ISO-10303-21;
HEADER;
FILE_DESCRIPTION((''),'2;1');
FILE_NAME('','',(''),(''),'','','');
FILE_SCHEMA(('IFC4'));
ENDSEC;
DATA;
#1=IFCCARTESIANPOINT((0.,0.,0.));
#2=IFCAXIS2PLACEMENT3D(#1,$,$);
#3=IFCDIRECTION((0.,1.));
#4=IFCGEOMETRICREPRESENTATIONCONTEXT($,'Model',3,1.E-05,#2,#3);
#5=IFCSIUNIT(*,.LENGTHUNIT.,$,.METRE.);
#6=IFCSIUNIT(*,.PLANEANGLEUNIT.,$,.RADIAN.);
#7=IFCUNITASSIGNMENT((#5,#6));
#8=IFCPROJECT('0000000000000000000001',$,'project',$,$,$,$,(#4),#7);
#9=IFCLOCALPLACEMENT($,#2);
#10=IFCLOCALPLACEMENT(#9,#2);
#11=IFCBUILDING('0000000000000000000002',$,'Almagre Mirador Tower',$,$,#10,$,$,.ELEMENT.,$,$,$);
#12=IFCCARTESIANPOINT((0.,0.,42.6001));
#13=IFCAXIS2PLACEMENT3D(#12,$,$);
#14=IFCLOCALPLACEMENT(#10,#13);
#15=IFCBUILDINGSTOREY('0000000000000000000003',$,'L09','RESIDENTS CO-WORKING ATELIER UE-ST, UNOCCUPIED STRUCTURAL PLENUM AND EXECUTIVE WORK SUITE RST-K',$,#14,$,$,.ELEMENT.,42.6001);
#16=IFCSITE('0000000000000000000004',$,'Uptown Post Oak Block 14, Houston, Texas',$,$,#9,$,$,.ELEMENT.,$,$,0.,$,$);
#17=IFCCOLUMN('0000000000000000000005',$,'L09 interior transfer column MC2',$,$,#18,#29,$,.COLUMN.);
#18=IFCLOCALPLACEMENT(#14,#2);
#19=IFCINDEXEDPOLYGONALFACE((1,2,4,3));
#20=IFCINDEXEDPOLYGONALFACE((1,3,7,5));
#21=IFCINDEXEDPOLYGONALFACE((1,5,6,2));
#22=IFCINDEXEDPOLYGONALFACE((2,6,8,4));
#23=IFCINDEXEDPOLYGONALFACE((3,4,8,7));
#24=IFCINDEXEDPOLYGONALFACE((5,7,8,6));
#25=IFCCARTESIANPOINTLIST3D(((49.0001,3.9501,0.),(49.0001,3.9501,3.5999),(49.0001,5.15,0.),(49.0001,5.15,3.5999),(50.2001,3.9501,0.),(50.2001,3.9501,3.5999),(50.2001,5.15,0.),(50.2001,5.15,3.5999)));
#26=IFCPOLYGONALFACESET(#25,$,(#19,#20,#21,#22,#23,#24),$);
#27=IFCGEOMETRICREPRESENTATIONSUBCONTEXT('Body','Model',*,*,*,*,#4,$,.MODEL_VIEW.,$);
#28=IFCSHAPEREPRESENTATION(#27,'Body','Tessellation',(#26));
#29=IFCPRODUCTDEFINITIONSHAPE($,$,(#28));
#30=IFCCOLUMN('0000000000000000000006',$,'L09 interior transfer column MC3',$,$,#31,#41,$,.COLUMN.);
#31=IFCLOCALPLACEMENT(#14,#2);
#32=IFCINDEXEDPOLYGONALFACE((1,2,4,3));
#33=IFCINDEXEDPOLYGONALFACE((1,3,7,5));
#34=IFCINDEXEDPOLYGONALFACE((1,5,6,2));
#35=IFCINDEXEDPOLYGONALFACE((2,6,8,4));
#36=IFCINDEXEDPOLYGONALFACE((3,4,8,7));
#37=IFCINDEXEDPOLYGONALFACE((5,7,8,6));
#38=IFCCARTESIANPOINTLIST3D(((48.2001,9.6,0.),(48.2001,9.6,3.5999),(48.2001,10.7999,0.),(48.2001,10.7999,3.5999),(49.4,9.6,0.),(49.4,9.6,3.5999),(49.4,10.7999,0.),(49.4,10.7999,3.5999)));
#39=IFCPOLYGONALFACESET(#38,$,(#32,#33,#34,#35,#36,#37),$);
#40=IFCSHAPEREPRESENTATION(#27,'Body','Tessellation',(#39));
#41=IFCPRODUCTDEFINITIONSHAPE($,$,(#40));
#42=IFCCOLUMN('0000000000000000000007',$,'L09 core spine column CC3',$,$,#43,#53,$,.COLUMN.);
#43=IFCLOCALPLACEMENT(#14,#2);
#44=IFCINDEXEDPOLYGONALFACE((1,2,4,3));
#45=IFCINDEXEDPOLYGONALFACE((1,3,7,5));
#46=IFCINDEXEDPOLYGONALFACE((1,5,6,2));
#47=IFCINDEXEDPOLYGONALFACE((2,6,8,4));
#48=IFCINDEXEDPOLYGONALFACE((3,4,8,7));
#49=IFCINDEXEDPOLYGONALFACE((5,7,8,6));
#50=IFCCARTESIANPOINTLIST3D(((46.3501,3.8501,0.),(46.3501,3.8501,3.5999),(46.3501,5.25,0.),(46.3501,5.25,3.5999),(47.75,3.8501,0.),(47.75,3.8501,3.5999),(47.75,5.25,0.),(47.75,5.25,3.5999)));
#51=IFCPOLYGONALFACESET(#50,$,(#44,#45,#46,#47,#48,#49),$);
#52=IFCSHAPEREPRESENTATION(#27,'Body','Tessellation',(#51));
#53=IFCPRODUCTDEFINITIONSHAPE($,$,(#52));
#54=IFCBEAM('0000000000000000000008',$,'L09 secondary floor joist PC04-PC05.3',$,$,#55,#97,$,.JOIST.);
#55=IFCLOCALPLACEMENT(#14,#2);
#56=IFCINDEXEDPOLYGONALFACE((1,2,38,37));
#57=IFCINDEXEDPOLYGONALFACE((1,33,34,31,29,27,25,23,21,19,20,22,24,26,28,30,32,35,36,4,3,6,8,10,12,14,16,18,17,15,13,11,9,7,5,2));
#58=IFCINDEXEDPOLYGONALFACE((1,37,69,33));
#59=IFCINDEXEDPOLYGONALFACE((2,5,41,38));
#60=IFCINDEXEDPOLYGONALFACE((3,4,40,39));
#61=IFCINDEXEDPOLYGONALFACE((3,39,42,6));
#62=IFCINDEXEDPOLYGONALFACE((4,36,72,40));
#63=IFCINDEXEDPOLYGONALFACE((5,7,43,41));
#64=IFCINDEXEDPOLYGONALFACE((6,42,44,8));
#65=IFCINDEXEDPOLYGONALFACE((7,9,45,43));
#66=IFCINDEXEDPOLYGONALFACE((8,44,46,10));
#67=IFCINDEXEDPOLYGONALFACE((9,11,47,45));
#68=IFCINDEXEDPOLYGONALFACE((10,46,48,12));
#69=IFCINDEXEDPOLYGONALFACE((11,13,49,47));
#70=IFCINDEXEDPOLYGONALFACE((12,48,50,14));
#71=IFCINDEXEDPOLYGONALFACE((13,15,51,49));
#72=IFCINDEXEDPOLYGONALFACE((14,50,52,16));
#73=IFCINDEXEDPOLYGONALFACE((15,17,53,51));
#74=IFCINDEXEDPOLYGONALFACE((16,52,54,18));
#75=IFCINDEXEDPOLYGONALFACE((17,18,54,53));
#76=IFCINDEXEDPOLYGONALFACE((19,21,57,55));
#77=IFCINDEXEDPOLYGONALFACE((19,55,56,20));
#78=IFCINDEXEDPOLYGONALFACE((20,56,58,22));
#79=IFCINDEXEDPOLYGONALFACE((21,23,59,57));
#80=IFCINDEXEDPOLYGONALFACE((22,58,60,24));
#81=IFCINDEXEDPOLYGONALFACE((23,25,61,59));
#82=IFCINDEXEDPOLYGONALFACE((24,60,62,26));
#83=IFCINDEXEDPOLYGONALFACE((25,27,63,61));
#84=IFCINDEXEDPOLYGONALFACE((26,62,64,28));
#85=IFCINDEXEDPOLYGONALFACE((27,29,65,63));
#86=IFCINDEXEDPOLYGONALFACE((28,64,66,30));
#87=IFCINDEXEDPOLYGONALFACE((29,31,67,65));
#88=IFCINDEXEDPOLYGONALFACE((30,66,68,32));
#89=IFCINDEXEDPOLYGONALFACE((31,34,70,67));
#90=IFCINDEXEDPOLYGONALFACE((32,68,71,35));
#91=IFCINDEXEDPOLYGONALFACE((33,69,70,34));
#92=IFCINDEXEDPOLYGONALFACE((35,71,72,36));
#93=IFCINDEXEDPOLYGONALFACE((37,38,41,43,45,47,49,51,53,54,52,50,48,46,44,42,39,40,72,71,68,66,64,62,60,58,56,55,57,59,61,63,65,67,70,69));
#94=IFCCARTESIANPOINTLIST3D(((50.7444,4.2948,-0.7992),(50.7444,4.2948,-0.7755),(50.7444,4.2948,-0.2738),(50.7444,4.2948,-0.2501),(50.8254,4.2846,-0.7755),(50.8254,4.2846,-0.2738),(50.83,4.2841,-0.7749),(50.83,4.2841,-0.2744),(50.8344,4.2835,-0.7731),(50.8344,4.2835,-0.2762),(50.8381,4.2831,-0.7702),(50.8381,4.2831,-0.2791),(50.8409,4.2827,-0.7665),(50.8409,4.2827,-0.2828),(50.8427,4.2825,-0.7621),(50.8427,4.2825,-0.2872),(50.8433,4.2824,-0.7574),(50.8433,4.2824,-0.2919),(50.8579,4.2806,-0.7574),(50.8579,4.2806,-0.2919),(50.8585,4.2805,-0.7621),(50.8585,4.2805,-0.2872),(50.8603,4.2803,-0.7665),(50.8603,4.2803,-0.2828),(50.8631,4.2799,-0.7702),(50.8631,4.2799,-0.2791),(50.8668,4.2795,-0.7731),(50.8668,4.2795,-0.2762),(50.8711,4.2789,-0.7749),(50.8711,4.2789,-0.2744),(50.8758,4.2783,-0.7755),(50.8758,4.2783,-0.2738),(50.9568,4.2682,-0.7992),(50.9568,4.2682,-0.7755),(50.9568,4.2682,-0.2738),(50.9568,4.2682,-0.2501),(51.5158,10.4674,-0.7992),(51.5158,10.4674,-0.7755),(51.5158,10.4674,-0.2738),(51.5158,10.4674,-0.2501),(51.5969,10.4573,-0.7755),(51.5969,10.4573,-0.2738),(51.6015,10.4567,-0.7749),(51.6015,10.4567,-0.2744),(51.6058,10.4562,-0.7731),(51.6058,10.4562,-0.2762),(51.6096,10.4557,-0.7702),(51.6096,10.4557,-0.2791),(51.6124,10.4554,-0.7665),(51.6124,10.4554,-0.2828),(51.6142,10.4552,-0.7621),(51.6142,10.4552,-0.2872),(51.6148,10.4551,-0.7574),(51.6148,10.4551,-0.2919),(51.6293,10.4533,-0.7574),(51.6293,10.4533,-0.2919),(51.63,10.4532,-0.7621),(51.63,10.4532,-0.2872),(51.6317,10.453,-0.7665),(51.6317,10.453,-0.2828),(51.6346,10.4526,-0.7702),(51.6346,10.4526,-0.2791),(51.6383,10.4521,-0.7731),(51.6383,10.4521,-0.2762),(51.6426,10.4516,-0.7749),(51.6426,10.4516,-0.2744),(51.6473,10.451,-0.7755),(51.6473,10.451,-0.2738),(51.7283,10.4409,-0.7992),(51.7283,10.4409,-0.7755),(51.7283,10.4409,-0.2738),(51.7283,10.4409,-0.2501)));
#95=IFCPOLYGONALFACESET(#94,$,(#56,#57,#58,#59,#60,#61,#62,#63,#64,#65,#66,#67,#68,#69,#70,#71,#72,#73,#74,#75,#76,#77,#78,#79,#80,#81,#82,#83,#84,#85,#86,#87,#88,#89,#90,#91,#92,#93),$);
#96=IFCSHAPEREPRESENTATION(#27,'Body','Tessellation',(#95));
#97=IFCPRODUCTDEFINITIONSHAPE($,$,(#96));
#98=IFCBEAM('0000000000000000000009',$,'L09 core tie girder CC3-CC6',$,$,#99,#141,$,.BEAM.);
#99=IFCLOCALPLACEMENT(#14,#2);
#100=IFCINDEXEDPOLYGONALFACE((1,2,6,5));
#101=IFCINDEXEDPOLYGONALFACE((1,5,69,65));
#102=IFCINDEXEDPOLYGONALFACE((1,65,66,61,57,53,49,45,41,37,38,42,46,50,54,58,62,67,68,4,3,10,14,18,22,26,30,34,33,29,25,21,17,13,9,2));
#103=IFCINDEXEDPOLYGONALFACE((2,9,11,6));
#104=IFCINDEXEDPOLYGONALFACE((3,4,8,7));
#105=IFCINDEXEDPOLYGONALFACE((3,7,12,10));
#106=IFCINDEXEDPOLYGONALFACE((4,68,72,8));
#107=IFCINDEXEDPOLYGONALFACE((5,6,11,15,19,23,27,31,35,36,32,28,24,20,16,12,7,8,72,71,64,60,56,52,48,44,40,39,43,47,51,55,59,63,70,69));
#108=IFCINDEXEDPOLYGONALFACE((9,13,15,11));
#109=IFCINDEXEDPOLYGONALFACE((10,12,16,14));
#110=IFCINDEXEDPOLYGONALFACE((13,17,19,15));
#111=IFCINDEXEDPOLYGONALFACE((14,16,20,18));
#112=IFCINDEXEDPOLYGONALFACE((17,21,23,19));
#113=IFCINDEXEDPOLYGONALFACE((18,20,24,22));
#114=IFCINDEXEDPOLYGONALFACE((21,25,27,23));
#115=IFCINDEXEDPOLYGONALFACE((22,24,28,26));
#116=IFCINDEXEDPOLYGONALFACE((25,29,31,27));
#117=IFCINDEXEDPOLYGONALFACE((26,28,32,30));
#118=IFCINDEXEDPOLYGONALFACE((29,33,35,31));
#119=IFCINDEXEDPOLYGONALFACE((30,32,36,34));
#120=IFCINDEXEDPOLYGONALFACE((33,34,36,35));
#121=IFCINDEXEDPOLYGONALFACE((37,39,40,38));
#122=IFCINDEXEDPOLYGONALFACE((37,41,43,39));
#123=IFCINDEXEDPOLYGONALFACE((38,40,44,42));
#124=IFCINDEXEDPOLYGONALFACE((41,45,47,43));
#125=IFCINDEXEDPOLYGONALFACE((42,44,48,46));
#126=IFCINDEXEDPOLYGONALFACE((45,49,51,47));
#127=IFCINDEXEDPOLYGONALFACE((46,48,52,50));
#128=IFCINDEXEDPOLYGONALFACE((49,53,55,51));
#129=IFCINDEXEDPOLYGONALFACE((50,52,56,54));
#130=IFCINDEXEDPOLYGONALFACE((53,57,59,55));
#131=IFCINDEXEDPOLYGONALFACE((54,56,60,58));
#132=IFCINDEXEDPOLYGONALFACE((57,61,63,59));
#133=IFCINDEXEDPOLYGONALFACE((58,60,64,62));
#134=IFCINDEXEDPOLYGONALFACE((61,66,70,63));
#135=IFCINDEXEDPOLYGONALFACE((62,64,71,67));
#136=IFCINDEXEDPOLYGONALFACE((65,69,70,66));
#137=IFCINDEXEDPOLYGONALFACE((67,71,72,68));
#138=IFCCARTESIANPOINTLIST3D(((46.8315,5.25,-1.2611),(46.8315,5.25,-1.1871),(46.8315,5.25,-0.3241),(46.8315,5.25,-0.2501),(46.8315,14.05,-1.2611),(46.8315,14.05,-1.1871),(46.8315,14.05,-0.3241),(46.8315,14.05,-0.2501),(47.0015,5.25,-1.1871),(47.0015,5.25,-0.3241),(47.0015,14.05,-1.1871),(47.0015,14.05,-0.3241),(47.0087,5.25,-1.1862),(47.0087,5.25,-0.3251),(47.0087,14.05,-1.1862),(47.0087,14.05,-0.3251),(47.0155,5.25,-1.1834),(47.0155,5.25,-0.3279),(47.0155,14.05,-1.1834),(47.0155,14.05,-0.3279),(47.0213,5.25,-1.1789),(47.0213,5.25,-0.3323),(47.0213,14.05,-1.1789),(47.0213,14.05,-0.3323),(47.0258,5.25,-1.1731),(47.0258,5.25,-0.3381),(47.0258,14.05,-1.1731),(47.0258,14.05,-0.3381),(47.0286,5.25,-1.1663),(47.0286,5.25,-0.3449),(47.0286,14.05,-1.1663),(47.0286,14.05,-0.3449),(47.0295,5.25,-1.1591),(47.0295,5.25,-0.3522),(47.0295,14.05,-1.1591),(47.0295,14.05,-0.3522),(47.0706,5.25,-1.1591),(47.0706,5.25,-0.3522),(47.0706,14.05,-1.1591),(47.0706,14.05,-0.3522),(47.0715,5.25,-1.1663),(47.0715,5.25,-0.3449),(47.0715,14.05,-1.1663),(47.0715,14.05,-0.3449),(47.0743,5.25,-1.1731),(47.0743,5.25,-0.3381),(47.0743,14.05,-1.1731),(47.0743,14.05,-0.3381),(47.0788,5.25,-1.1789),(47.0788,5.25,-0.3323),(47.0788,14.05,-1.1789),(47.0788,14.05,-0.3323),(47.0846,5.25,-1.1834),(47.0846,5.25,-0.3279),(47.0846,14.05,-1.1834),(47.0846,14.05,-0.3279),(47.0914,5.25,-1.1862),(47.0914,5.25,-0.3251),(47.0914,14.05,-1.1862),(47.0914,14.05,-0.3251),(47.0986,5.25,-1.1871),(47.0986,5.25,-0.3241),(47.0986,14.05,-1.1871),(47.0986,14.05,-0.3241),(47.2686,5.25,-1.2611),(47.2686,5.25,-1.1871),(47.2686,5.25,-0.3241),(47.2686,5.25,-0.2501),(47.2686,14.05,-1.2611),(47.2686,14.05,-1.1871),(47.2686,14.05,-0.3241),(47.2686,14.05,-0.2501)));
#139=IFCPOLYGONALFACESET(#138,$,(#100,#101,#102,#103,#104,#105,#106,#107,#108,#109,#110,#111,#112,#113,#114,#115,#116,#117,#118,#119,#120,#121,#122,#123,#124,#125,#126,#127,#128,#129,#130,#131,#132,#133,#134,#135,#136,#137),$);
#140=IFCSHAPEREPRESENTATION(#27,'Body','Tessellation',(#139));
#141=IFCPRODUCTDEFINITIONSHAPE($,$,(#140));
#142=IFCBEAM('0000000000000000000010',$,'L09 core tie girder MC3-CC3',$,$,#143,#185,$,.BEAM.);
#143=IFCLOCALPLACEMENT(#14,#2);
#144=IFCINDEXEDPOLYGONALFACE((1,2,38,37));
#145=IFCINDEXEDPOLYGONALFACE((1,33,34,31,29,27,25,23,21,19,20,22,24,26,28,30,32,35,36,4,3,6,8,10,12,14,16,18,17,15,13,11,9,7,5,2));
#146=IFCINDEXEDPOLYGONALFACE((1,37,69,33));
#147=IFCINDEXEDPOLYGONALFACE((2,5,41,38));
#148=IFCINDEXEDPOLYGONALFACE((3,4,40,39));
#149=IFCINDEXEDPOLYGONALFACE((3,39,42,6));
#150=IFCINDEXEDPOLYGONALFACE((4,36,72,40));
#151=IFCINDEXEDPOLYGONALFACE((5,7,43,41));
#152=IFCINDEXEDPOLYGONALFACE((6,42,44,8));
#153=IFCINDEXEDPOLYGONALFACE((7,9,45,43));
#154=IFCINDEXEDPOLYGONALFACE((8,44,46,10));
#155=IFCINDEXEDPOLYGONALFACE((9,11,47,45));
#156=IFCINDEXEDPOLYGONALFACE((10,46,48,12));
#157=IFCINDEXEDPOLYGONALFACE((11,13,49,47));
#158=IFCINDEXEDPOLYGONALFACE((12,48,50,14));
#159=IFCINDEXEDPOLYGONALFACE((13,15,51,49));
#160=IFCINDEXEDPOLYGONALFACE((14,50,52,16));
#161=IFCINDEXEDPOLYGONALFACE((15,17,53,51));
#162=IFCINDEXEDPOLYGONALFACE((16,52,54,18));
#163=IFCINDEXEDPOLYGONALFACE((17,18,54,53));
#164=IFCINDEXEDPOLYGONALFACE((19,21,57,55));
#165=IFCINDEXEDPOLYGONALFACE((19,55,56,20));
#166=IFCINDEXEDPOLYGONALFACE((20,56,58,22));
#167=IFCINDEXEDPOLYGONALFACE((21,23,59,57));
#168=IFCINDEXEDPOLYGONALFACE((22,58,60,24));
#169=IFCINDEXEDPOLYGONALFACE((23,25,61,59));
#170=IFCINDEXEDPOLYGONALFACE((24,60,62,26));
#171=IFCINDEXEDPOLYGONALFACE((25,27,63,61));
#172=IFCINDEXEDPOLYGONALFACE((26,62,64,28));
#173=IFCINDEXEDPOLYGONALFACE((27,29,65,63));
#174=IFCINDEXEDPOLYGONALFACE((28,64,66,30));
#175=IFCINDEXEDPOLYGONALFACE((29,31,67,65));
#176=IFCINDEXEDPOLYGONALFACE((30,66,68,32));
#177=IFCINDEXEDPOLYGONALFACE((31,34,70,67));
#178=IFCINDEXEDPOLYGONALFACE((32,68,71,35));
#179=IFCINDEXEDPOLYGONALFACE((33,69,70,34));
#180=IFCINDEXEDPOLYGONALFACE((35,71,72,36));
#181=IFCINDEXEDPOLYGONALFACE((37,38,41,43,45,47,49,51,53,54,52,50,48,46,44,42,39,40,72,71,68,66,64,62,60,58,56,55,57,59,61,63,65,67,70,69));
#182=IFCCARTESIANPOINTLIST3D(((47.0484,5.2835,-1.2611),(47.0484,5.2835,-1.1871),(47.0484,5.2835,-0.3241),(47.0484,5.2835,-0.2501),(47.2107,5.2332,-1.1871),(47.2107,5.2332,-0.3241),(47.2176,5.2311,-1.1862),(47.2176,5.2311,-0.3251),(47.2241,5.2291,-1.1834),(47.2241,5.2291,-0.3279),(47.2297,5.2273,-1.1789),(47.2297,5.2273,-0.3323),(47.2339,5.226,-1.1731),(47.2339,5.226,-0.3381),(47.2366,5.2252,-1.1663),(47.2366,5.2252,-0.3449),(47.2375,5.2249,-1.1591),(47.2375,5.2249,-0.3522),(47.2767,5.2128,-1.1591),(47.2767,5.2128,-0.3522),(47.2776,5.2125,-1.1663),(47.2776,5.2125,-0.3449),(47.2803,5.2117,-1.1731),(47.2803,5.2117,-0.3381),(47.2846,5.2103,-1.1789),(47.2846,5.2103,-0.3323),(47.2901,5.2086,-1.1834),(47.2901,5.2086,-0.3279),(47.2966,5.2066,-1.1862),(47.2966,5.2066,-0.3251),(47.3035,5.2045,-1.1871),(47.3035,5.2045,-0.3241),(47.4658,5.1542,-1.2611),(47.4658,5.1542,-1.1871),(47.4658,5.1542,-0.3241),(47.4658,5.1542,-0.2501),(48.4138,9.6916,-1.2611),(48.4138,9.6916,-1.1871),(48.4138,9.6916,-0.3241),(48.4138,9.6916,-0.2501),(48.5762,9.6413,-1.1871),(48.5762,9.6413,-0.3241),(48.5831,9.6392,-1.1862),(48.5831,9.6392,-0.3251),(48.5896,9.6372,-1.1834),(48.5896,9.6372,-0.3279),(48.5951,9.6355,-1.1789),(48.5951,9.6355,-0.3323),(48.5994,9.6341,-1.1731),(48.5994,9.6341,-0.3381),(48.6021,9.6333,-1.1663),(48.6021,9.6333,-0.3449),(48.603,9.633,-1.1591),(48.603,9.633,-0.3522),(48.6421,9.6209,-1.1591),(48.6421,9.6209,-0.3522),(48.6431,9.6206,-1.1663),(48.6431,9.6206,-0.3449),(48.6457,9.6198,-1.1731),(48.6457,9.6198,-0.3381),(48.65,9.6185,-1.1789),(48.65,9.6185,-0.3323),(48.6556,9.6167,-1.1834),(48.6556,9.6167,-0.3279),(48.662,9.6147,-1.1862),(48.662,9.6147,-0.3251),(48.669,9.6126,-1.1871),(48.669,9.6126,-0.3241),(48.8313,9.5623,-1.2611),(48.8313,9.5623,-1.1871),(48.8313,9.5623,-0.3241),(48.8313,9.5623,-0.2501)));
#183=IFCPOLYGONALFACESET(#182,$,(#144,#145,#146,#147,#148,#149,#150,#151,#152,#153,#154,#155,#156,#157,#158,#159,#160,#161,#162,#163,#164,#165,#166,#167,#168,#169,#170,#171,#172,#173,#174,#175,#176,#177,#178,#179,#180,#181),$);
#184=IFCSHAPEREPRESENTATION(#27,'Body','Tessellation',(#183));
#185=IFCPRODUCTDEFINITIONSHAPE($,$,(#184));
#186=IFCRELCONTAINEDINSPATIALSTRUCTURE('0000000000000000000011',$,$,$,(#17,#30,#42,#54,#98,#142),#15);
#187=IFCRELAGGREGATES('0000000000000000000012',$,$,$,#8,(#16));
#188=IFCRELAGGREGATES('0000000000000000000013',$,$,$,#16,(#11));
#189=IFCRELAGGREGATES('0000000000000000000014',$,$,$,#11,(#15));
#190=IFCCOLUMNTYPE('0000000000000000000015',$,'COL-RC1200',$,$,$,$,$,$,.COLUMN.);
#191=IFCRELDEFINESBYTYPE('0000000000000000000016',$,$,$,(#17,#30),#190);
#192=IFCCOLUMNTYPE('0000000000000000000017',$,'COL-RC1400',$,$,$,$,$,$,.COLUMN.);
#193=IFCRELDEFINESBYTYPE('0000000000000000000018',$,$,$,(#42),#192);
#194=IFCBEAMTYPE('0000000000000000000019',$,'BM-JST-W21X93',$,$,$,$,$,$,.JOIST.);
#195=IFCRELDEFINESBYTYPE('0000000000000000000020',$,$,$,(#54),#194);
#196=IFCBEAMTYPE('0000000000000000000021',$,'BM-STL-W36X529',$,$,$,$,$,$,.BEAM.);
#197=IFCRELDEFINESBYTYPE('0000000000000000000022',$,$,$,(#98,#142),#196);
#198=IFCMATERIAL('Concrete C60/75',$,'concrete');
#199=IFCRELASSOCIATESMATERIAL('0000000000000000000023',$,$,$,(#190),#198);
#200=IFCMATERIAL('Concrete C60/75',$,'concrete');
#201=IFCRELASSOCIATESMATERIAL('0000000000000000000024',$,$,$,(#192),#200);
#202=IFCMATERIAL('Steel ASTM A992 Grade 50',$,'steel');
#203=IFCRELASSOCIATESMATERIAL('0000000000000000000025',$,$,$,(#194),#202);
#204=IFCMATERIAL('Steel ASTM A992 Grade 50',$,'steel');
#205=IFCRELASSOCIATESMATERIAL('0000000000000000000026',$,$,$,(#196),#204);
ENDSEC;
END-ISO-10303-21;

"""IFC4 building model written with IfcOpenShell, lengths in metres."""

from ifc_helpers import new_model, si_unit, direction, frame, origin, origin_2d, place, context, subcontext, project, spatial, rectangle, i_section, extrude, material, material_profile, profile_set, type_object, element, save


model = new_model("IFC4")

# Units and contexts
model_context = context("Model", 3, precision=1e-05, world=origin(), true_north=direction((0.0, 1.0)))
body_context = subcontext(model_context, "Body", "Model", "MODEL_VIEW")
ifc_project = project(units=[si_unit("LENGTHUNIT", "METRE"), si_unit("PLANEANGLEUNIT", "RADIAN")], contexts=[model_context])

# Site, building, storey
site_placement = place(None, origin())
site = spatial("IfcSite", under=ifc_project, at=site_placement, Name="Uptown Post Oak Block 14, Houston, Texas", CompositionType="ELEMENT", RefElevation=0.0)
building_placement = place(site_placement, origin())
building = spatial("IfcBuilding", under=site, at=building_placement, Name="Almagre Mirador Tower", CompositionType="ELEMENT")
storey_placement = place(building_placement, frame((0.0, 0.0, 42.6001)))
storey = spatial("IfcBuildingStorey", under=building, at=storey_placement, Name="L09", Description="RESIDENTS CO-WORKING ATELIER UE-ST, UNOCCUPIED STRUCTURAL PLENUM AND EXECUTIVE WORK SUITE RST-K", CompositionType="ELEMENT", Elevation=42.6001)

# Columns
ifc_material_1 = material(Name="Concrete C60/75", Category="concrete")
ifc_material_profile_1 = material_profile(ifc_material_1, rectangle(XDim=1.2, YDim=1.2, at=origin_2d()), Name="RC1200X1200")
ifc_profile_set_1 = profile_set([ifc_material_profile_1], Name="Concrete C60/75")
column_type_1 = type_object("IfcColumnType", Name="COL-RC1200", PredefinedType="COLUMN", material=ifc_profile_set_1)
for number, where, z_axis, x_axis, name in (
    (1, (49.6001, 4.55, 0.0), (0.0, 0.0, 1.0), (1.0, 0.0, 0.0), "L09 interior transfer column MC2"),
    (2, (48.8, 10.2, 0.0), (0.0, 0.0, 1.0), (1.0, 0.0, 0.0), "L09 interior transfer column MC3"),
):
    element("IfcColumn", number, at=place(storey_placement, frame(where, z_axis=z_axis, x_axis=x_axis)), inside=storey, type_object=column_type_1, Name=name, PredefinedType="COLUMN", context=body_context, shape_type="SweptSolid", body=[
        extrude(rectangle(XDim=1.2, YDim=1.2, at=origin_2d()), origin(), (0.0, 0.0, 1.0), 3.5999),
    ])
ifc_material_2 = material(Name="Concrete C60/75", Category="concrete")
ifc_material_profile_2 = material_profile(ifc_material_2, rectangle(XDim=1.3999, YDim=1.3999, at=origin_2d()), Name="RC1400X1400")
ifc_profile_set_2 = profile_set([ifc_material_profile_2], Name="Concrete C60/75")
column_type_2 = type_object("IfcColumnType", Name="COL-RC1400", PredefinedType="COLUMN", material=ifc_profile_set_2)
column_placement = place(storey_placement, frame((47.05, 4.55, 0.0), z_axis=(0.0, 0.0, 1.0), x_axis=(1.0, 0.0, 0.0)))
element("IfcColumn", 3, at=column_placement, inside=storey, type_object=column_type_2, Name="L09 core spine column CC3", PredefinedType="COLUMN", context=body_context, shape_type="SweptSolid", body=[
    extrude(rectangle(XDim=1.3999, YDim=1.3999, at=origin_2d()), origin(), (0.0, 0.0, 1.0), 3.5999),
])

# Beams
ifc_material_3 = material(Name="Steel ASTM A992 Grade 50", Category="steel")
ifc_material_profile_3 = material_profile(ifc_material_3, i_section(OverallWidth=0.2141, OverallDepth=0.5491, WebThickness=0.0146, FlangeThickness=0.0237, FilletRadius=0.0181, at=origin_2d()), Name="W21X93")
ifc_profile_set_3 = profile_set([ifc_material_profile_3], Name="Steel ASTM A992 Grade 50")
beam_type_1 = type_object("IfcBeamType", Name="BM-JST-W21X93", PredefinedType="JOIST", material=ifc_profile_set_3)
beam_1_placement = place(storey_placement, frame((50.8506, 4.2815, -0.5247), z_axis=(0.12402, 0.99228, 0.0), x_axis=(-0.99228, 0.12402, 0.0)))
element("IfcBeam", 4, at=beam_1_placement, inside=storey, type_object=beam_type_1, Name="L09 secondary floor joist PC04-PC05.3", PredefinedType="JOIST", context=body_context, shape_type="SweptSolid", body=[
    extrude(i_section(OverallWidth=0.2141, OverallDepth=0.5491, WebThickness=0.0146, FlangeThickness=0.0237, FilletRadius=0.0181, at=origin_2d()), origin(), (0.0, 0.0, 1.0), 6.2207),
])
ifc_material_4 = material(Name="Steel ASTM A992 Grade 50", Category="steel")
ifc_material_profile_4 = material_profile(ifc_material_4, i_section(OverallWidth=0.437, OverallDepth=1.011, WebThickness=0.041, FlangeThickness=0.074, FilletRadius=0.0281, at=origin_2d()), Name="W36X529")
ifc_profile_set_4 = profile_set([ifc_material_profile_4], Name="Steel ASTM A992 Grade 50")
beam_type_2 = type_object("IfcBeamType", Name="BM-STL-W36X529", PredefinedType="BEAM", material=ifc_profile_set_4)
beam_2_placement = place(storey_placement, frame((47.05, 5.25, -0.7556), z_axis=(0.0, 1.0, 0.0), x_axis=(-1.0, 0.0, 0.0)))
element("IfcBeam", 5, at=beam_2_placement, inside=storey, type_object=beam_type_2, Name="L09 core tie girder CC3-CC6", PredefinedType="BEAM", context=body_context, shape_type="SweptSolid", body=[
    extrude(i_section(OverallWidth=0.437, OverallDepth=1.011, WebThickness=0.041, FlangeThickness=0.074, FilletRadius=0.0281, at=origin_2d()), origin(), (0.0, 0.0, 1.0), 8.8),
])
beam_3_placement = place(storey_placement, frame((48.6226, 9.627, -0.7556), z_axis=(-0.295888, -0.955223, 0.0), x_axis=(0.955223, -0.295888, 0.0)))
element("IfcBeam", 6, at=beam_3_placement, inside=storey, type_object=beam_type_2, Name="L09 core tie girder MC3-CC3", PredefinedType="BEAM", context=body_context, shape_type="SweptSolid", body=[
    extrude(i_section(OverallWidth=0.437, OverallDepth=1.011, WebThickness=0.041, FlangeThickness=0.074, FilletRadius=0.0281, at=origin_2d()), origin(), (0.0, 0.0, 1.0), 4.6147),
])

save(model, "model.ifc")
